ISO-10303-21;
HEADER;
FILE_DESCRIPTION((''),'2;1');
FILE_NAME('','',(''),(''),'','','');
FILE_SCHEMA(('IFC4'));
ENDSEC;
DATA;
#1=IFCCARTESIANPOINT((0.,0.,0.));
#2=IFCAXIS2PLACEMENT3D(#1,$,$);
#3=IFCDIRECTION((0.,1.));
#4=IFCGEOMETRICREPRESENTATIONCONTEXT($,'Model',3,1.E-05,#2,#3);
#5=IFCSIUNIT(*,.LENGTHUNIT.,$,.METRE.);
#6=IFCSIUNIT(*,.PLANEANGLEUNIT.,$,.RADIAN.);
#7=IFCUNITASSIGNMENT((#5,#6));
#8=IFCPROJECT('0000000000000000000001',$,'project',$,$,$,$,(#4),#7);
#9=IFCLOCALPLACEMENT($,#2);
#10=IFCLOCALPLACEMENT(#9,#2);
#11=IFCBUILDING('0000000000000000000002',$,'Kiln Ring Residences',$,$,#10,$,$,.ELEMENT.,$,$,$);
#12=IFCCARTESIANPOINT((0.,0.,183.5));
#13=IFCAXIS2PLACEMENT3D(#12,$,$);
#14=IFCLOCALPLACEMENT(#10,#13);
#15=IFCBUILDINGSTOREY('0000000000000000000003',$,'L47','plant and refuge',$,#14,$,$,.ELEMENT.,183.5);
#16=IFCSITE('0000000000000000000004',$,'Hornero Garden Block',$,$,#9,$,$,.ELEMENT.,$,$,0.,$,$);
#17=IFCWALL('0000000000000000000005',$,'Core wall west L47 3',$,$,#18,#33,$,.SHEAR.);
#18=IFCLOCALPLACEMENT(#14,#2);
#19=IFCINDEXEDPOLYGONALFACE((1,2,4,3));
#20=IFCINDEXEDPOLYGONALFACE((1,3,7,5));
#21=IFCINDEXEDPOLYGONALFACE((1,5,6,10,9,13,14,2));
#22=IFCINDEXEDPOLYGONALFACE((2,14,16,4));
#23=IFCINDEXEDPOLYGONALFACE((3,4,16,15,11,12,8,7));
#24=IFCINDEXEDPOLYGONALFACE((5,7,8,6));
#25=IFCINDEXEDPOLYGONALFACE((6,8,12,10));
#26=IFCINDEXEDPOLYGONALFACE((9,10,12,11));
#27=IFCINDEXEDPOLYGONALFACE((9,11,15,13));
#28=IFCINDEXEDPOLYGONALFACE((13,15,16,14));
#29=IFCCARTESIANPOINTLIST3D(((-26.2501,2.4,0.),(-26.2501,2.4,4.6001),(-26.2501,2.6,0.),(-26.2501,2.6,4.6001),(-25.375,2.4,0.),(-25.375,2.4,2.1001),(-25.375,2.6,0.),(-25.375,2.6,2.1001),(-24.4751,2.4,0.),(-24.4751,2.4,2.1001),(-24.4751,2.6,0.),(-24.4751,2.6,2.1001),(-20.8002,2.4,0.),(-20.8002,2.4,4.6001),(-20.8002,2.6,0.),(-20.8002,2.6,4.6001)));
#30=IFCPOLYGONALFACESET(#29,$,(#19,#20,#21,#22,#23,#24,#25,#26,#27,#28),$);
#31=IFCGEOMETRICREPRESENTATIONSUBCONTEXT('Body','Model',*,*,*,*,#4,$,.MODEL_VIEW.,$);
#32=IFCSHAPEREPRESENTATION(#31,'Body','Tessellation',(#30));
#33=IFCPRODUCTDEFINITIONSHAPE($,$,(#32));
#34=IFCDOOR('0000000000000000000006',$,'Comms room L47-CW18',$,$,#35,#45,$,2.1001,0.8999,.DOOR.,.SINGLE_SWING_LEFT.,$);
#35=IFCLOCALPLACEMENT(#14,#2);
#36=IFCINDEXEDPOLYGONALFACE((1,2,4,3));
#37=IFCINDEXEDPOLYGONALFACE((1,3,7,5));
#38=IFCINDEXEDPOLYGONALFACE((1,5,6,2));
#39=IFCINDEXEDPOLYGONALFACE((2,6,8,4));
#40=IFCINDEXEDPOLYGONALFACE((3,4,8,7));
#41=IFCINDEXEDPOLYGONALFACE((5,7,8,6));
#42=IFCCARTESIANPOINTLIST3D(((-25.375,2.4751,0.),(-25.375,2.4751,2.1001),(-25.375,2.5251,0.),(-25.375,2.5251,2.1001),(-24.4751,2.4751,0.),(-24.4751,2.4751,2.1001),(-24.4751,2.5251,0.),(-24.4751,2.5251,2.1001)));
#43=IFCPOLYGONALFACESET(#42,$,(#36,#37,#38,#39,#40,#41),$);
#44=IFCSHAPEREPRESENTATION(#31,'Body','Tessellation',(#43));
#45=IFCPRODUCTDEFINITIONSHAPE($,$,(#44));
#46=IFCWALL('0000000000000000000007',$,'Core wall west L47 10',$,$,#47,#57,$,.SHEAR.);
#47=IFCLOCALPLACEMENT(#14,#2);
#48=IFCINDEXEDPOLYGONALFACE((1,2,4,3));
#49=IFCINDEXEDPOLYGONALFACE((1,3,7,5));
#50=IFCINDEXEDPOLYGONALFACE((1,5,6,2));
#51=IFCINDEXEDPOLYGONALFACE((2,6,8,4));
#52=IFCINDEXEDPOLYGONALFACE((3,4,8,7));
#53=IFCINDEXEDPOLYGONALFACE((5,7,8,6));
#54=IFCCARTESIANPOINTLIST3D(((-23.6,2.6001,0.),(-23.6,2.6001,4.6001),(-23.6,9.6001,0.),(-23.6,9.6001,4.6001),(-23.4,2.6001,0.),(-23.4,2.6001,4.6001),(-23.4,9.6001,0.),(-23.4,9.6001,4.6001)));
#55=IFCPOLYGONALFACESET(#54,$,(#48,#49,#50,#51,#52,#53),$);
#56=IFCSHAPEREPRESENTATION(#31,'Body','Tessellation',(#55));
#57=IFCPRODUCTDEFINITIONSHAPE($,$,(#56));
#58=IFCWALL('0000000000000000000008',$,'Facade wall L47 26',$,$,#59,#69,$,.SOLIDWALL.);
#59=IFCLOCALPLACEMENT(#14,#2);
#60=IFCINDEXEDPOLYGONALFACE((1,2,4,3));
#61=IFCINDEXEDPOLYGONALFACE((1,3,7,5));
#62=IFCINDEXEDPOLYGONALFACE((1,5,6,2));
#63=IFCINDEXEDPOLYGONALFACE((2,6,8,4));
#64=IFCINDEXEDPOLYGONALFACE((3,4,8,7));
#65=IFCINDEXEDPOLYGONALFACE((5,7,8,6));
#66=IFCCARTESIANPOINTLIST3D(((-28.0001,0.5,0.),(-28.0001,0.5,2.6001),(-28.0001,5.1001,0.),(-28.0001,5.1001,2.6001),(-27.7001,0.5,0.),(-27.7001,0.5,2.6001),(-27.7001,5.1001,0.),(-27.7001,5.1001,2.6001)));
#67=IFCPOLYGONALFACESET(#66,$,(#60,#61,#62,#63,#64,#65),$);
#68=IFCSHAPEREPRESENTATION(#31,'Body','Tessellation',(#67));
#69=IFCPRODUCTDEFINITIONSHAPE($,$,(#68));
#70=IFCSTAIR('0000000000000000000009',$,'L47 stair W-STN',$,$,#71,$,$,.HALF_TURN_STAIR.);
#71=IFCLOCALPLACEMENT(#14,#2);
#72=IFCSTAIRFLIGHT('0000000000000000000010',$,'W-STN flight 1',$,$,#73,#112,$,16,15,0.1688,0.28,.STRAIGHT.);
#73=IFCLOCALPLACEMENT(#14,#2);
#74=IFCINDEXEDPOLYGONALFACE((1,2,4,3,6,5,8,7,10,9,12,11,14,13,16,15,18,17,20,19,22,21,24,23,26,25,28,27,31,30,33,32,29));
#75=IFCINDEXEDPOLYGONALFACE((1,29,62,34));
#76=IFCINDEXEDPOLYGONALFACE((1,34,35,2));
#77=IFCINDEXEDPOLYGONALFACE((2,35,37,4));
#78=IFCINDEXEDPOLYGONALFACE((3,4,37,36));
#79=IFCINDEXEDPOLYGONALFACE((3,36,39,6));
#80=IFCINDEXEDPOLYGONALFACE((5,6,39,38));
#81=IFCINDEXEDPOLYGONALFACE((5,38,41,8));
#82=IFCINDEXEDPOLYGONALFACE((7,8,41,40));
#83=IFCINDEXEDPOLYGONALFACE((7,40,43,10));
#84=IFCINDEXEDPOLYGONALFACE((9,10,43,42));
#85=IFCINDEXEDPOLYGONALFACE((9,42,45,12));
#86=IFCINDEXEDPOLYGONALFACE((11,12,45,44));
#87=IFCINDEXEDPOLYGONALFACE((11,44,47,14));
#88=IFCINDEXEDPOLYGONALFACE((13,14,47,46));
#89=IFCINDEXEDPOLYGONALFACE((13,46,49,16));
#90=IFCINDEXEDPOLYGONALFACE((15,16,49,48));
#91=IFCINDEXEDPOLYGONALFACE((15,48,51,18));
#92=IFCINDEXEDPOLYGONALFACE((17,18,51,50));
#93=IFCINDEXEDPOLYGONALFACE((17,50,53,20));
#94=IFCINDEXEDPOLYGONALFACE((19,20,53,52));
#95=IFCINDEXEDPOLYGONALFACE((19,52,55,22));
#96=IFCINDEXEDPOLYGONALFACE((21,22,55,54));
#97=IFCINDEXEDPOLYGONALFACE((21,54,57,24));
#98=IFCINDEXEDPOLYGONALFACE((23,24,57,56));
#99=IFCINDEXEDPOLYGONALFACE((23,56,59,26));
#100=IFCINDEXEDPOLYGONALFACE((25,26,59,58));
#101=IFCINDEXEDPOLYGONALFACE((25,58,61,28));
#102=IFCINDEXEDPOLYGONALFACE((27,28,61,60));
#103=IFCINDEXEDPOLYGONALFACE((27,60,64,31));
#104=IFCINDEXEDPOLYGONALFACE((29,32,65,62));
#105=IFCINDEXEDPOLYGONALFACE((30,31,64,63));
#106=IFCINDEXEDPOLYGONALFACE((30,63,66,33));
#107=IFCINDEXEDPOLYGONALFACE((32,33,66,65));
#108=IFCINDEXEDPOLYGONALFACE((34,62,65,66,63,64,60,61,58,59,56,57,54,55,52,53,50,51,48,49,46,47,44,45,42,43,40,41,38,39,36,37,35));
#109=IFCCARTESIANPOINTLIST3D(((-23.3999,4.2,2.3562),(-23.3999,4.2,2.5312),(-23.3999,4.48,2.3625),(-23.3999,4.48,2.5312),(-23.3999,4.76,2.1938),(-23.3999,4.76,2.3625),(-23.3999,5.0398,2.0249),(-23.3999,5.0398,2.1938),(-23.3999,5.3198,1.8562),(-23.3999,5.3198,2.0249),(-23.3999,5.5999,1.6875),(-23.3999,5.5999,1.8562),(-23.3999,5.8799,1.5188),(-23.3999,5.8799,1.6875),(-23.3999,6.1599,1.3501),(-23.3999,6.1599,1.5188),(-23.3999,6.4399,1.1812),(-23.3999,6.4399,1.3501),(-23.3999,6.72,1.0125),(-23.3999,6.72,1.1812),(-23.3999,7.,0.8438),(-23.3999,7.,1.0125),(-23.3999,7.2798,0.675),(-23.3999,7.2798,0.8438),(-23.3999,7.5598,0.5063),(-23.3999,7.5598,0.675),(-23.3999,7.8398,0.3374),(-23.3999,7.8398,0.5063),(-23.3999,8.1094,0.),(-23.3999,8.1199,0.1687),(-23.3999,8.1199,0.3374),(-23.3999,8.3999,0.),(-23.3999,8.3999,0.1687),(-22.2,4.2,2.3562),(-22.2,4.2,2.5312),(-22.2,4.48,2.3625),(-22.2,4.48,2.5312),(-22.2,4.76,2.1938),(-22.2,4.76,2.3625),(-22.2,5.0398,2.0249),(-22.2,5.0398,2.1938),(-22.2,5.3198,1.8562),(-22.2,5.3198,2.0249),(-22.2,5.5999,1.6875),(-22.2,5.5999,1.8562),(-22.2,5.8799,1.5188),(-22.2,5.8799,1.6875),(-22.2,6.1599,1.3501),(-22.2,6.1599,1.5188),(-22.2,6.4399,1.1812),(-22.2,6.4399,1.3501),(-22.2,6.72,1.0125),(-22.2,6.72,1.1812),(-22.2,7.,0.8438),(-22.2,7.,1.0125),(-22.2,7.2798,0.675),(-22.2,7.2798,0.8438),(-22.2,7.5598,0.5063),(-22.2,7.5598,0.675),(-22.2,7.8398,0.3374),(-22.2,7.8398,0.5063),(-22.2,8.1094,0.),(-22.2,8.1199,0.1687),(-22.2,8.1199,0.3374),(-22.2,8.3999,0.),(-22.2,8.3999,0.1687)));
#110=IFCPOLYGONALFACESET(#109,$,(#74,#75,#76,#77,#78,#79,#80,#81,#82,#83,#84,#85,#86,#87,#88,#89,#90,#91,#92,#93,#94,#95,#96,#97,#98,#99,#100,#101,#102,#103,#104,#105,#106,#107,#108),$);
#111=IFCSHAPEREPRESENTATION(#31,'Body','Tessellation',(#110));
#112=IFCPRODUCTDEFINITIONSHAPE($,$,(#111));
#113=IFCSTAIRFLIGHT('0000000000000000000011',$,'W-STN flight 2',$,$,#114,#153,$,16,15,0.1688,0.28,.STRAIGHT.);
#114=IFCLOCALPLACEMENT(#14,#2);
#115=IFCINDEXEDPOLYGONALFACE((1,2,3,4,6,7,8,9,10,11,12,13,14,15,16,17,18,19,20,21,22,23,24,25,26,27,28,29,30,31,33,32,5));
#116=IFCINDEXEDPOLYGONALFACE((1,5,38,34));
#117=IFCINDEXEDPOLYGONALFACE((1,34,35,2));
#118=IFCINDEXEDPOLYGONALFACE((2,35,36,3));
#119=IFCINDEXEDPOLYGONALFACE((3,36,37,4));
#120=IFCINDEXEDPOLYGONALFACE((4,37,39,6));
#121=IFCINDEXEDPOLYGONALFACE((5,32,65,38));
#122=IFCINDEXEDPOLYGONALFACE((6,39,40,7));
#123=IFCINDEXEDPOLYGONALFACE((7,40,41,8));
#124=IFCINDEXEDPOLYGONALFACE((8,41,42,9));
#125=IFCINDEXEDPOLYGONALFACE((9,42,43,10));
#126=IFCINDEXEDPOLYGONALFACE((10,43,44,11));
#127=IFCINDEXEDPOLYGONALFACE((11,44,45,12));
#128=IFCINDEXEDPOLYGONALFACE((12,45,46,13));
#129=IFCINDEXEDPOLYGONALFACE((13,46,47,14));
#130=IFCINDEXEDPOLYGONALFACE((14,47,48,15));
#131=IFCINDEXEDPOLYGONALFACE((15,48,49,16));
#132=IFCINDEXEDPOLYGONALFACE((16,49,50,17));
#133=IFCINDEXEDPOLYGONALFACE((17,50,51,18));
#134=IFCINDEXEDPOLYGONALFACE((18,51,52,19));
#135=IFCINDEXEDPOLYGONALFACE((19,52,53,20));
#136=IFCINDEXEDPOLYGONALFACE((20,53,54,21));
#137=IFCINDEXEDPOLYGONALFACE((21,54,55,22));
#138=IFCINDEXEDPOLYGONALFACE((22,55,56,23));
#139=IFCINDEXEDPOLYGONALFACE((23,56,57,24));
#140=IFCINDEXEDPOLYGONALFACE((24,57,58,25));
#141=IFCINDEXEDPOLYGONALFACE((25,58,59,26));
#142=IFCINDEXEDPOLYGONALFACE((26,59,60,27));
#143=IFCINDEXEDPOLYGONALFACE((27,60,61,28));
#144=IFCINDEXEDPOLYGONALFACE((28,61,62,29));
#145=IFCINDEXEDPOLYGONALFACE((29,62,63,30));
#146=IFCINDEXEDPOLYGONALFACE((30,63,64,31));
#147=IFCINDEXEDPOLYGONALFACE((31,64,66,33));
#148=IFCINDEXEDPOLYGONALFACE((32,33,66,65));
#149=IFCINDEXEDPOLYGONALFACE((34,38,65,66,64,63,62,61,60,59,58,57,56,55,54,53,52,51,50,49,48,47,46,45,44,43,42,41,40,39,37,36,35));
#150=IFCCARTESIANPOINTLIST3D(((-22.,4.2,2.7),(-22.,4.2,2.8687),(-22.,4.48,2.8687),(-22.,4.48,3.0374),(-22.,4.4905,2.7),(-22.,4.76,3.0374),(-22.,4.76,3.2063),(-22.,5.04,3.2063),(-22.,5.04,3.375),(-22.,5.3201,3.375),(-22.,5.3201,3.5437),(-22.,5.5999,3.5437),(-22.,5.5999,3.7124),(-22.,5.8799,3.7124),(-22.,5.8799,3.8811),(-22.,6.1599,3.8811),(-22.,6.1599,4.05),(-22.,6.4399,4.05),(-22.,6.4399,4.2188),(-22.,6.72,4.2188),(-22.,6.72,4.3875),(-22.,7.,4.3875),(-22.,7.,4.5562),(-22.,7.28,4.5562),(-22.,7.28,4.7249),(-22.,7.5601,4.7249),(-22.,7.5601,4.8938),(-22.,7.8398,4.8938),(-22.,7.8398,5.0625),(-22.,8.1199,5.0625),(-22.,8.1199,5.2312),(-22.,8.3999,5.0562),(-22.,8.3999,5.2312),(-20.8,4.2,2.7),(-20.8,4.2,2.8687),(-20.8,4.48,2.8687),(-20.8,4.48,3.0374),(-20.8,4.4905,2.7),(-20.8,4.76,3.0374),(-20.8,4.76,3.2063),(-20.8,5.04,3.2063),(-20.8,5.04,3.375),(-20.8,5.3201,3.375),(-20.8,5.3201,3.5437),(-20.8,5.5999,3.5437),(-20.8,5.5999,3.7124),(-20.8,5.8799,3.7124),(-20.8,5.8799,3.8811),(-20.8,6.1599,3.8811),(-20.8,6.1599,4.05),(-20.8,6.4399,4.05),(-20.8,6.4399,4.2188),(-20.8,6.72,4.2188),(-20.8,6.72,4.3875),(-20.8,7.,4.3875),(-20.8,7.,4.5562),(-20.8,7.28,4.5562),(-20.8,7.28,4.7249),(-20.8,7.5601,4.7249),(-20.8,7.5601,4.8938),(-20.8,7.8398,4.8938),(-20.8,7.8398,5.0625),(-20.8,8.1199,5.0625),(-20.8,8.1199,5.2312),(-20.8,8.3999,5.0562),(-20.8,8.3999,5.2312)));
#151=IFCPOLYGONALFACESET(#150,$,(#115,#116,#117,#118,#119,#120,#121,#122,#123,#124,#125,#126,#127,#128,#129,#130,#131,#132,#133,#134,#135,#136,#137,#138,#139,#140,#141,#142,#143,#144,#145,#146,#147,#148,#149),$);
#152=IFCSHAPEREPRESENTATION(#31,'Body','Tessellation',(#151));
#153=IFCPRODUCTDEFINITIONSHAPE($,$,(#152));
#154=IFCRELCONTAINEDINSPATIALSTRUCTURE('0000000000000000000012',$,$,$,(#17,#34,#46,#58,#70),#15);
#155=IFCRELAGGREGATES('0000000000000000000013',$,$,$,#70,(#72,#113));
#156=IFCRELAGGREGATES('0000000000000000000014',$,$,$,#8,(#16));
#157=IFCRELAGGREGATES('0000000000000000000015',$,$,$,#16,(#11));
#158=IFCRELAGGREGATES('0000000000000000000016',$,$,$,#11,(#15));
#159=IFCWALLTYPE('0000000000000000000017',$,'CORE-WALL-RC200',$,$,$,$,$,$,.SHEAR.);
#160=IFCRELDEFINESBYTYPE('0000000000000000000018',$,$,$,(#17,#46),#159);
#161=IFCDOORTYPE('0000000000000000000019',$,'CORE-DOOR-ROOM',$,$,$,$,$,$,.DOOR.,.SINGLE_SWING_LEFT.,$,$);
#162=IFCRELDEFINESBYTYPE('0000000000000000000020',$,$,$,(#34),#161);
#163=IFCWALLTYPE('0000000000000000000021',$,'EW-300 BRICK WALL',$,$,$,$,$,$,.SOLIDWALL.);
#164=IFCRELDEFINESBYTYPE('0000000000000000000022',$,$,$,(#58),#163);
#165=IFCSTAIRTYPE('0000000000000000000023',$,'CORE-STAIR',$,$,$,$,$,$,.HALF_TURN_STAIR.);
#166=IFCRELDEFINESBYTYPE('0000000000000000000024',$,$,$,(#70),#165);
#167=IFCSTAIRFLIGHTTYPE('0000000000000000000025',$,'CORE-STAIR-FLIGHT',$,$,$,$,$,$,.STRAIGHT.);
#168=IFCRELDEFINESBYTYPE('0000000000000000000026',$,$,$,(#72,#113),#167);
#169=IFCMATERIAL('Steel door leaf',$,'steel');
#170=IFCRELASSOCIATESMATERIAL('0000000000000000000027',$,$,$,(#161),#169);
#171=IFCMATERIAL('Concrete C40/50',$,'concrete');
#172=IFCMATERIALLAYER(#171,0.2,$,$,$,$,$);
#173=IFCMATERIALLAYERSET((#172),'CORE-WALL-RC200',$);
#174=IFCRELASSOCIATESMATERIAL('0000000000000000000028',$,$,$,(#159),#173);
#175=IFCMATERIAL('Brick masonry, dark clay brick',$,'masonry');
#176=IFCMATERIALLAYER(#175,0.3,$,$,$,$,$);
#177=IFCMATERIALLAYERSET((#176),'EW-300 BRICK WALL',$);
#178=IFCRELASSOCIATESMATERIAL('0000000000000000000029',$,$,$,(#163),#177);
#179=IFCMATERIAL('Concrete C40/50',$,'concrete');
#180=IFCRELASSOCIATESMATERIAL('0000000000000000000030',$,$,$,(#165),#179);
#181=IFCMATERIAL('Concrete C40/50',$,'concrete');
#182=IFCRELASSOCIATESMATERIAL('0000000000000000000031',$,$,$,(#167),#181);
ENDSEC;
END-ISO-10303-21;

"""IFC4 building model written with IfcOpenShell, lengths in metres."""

from ifc_helpers import new_model, si_unit, direction, frame, frame_2d, origin, place, context, subcontext, project, spatial, polyline, rectangle, outline, extrude, material, layer, layer_set, type_object, element, fill, aggregate, save


model = new_model("IFC4")

# Units and contexts
model_context = context("Model", 3, precision=1e-05, world=origin(), true_north=direction((0.0, 1.0)))
body_context = subcontext(model_context, "Body", "Model", "MODEL_VIEW")
ifc_project = project(units=[si_unit("LENGTHUNIT", "METRE"), si_unit("PLANEANGLEUNIT", "RADIAN")], contexts=[model_context])

# Site, building, storey
site_placement = place(None, origin())
site = spatial("IfcSite", under=ifc_project, at=site_placement, Name="Hornero Garden Block", CompositionType="ELEMENT", RefElevation=0.0)
building_placement = place(site_placement, origin())
building = spatial("IfcBuilding", under=site, at=building_placement, Name="Kiln Ring Residences", CompositionType="ELEMENT")
storey_placement = place(building_placement, frame((0.0, 0.0, 183.5)))
storey = spatial("IfcBuildingStorey", under=building, at=storey_placement, Name="L47", Description="plant and refuge", CompositionType="ELEMENT", Elevation=183.5)

# Shared definitions
ifc_material_1 = material(Name="Steel door leaf", Category="steel")
door_type = type_object("IfcDoorType", Name="CORE-DOOR-ROOM", OperationType="SINGLE_SWING_LEFT", PredefinedType="DOOR", material=ifc_material_1)

# Wall, opening, door
ifc_material_2 = material(Name="Concrete C40/50", Category="concrete")
ifc_layer_1 = layer(ifc_material_2, 0.2)
ifc_layer_set_1 = layer_set([ifc_layer_1], Name="CORE-WALL-RC200")
wall_type_1 = type_object("IfcWallType", Name="CORE-WALL-RC200", PredefinedType="SHEAR", material=ifc_layer_set_1)
wall_1_placement = place(storey_placement, frame((-20.8, 2.5, 0.0), z_axis=(0.0, 0.0, 1.0), x_axis=(-1.0, 0.0, 0.0)))
wall_1 = element("IfcWall", 1, at=wall_1_placement, inside=storey, type_object=wall_type_1, Name="Core wall west L47 3", PredefinedType="SHEAR", context=body_context, shape_type="SweptSolid", body=[
    extrude(rectangle(XDim=5.45, YDim=0.2, at=frame_2d((2.7251, 0.0))), origin(), (0.0, 0.0, 1.0), 4.6001),
])
opening_1_placement = place(wall_1_placement, frame((3.675, 0.0, 0.0)))
opening_1 = element("IfcOpeningElement", 2, at=opening_1_placement, cuts=wall_1, PredefinedType="OPENING", context=body_context, shape_type="SweptSolid", body=[
    extrude(rectangle(XDim=0.8999, YDim=2.1001, at=frame_2d((0.45, 1.05))), frame((0.0, 0.1099, 0.0), z_axis=(0.0, -1.0, 0.0), x_axis=(1.0, 0.0, 0.0)), (0.0, 0.0, 1.0), 0.22),
])
door_1_placement = place(opening_1_placement, origin())
door_1 = element("IfcDoor", 3, at=door_1_placement, inside=storey, type_object=door_type, Name="Comms room L47-CW18", OperationType="SINGLE_SWING_LEFT", OverallHeight=2.1001, OverallWidth=0.8999, PredefinedType="DOOR", context=body_context, shape_type="SweptSolid", body=[
    extrude(rectangle(XDim=0.8999, YDim=2.1001, at=frame_2d((0.45, 1.05))), frame((0.0, 0.0249, 0.0), z_axis=(0.0, -1.0, 0.0), x_axis=(1.0, 0.0, 0.0)), (0.0, 0.0, 1.0), 0.05),
])
fill(opening_1, door_1)

# Walls
wall_2_placement = place(storey_placement, frame((-23.5, 2.6001, 0.0), z_axis=(0.0, 0.0, 1.0), x_axis=(0.0, 1.0, 0.0)))
element("IfcWall", 4, at=wall_2_placement, inside=storey, type_object=wall_type_1, Name="Core wall west L47 10", PredefinedType="SHEAR", context=body_context, shape_type="SweptSolid", body=[
    extrude(rectangle(XDim=7.0, YDim=0.2, at=frame_2d((3.5, 0.0))), origin(), (0.0, 0.0, 1.0), 4.6001),
])
ifc_material_3 = material(Name="Brick masonry, dark clay brick", Category="masonry")
ifc_layer_2 = layer(ifc_material_3, 0.3)
ifc_layer_set_2 = layer_set([ifc_layer_2], Name="EW-300 BRICK WALL")
wall_type_2 = type_object("IfcWallType", Name="EW-300 BRICK WALL", PredefinedType="SOLIDWALL", material=ifc_layer_set_2)
wall_3_placement = place(storey_placement, frame((-27.8501, 5.1001, 0.0), z_axis=(0.0, 0.0, 1.0), x_axis=(0.0, -1.0, 0.0)))
element("IfcWall", 5, at=wall_3_placement, inside=storey, type_object=wall_type_2, Name="Facade wall L47 26", PredefinedType="SOLIDWALL", context=body_context, shape_type="SweptSolid", body=[
    extrude(rectangle(XDim=4.6001, YDim=0.3, at=frame_2d((2.3, 0.0))), origin(), (0.0, 0.0, 1.0), 2.6001),
])

# Stair, stair flights
ifc_material_4 = material(Name="Concrete C40/50", Category="concrete")
stair_type = type_object("IfcStairType", Name="CORE-STAIR", PredefinedType="HALF_TURN_STAIR", material=ifc_material_4)
stair_placement = place(storey_placement, origin())
stair = element("IfcStair", 6, at=stair_placement, inside=storey, type_object=stair_type, Name="L47 stair W-STN", PredefinedType="HALF_TURN_STAIR")
ifc_material_5 = material(Name="Concrete C40/50", Category="concrete")
stair_flight_type = type_object("IfcStairFlightType", Name="CORE-STAIR-FLIGHT", PredefinedType="STRAIGHT", material=ifc_material_5)
stair_flight_1_placement = place(storey_placement, frame((-22.8, 8.3999, 0.0), z_axis=(0.0, 0.0, 1.0), x_axis=(0.0, -1.0, 0.0)))
stair_flight_1 = element("IfcStairFlight", 7, at=stair_flight_1_placement, type_object=stair_flight_type, Name="W-STN flight 1", NumberOfRisers=16, NumberOfTreads=15, PredefinedType="STRAIGHT", RiserHeight=0.1688, TreadLength=0.28, context=body_context, shape_type="SweptSolid", body=[
    extrude(outline(polyline([(0.0, 0.0), (0.0, 0.1687), (0.28, 0.1687), (0.28, 0.3374), (0.5601, 0.3374), (0.5601, 0.5063), (0.8401, 0.5063), (0.8401, 0.675), (1.1201, 0.675), (1.1201, 0.8438), (1.3999, 0.8438), (1.3999, 1.0125), (1.6799, 1.0125), (1.6799, 1.1812), (1.96, 1.1812), (1.96, 1.3501), (2.24, 1.3501), (2.24, 1.5188), (2.52, 1.5188), (2.52, 1.6875), (2.8, 1.6875), (2.8, 1.8562), (3.0801, 1.8562), (3.0801, 2.0249), (3.3601, 2.0249), (3.3601, 2.1938), (3.6399, 2.1938), (3.6399, 2.3625), (3.9199, 2.3625), (3.9199, 2.5312), (4.2, 2.5312), (4.2, 2.7), (4.2, 2.3562), (0.2905, 0.0), (0.0, 0.0)])), frame((0.0, 0.6001, 0.0), z_axis=(0.0, -1.0, 0.0), x_axis=(1.0, 0.0, 0.0)), (0.0, 0.0, 1.0), 1.2),
])
stair_flight_2_placement = place(storey_placement, frame((-21.3999, 4.2, 2.7), z_axis=(0.0, 0.0, 1.0), x_axis=(0.0, 1.0, 0.0)))
stair_flight_2 = element("IfcStairFlight", 8, at=stair_flight_2_placement, type_object=stair_flight_type, Name="W-STN flight 2", NumberOfRisers=16, NumberOfTreads=15, PredefinedType="STRAIGHT", RiserHeight=0.1688, TreadLength=0.28, context=body_context, shape_type="SweptSolid", body=[
    extrude(outline(polyline([(0.0, 0.0), (0.0, 0.1687), (0.28, 0.1687), (0.28, 0.3374), (0.5601, 0.3374), (0.5601, 0.5063), (0.8401, 0.5063), (0.8401, 0.675), (1.1201, 0.675), (1.1201, 0.8438), (1.3999, 0.8438), (1.3999, 1.0125), (1.6799, 1.0125), (1.6799, 1.1812), (1.96, 1.1812), (1.96, 1.3501), (2.24, 1.3501), (2.24, 1.5188), (2.52, 1.5188), (2.52, 1.6875), (2.8, 1.6875), (2.8, 1.8562), (3.0801, 1.8562), (3.0801, 2.0249), (3.3601, 2.0249), (3.3601, 2.1938), (3.6399, 2.1938), (3.6399, 2.3625), (3.9199, 2.3625), (3.9199, 2.5312), (4.2, 2.5312), (4.2, 2.7), (4.2, 2.3562), (0.2905, 0.0), (0.0, 0.0)])), frame((0.0, 0.6001, 0.0), z_axis=(0.0, -1.0, 0.0), x_axis=(1.0, 0.0, 0.0)), (0.0, 0.0, 1.0), 1.2),
])
aggregate(stair, [stair_flight_1, stair_flight_2])

save(model, "model.ifc")
